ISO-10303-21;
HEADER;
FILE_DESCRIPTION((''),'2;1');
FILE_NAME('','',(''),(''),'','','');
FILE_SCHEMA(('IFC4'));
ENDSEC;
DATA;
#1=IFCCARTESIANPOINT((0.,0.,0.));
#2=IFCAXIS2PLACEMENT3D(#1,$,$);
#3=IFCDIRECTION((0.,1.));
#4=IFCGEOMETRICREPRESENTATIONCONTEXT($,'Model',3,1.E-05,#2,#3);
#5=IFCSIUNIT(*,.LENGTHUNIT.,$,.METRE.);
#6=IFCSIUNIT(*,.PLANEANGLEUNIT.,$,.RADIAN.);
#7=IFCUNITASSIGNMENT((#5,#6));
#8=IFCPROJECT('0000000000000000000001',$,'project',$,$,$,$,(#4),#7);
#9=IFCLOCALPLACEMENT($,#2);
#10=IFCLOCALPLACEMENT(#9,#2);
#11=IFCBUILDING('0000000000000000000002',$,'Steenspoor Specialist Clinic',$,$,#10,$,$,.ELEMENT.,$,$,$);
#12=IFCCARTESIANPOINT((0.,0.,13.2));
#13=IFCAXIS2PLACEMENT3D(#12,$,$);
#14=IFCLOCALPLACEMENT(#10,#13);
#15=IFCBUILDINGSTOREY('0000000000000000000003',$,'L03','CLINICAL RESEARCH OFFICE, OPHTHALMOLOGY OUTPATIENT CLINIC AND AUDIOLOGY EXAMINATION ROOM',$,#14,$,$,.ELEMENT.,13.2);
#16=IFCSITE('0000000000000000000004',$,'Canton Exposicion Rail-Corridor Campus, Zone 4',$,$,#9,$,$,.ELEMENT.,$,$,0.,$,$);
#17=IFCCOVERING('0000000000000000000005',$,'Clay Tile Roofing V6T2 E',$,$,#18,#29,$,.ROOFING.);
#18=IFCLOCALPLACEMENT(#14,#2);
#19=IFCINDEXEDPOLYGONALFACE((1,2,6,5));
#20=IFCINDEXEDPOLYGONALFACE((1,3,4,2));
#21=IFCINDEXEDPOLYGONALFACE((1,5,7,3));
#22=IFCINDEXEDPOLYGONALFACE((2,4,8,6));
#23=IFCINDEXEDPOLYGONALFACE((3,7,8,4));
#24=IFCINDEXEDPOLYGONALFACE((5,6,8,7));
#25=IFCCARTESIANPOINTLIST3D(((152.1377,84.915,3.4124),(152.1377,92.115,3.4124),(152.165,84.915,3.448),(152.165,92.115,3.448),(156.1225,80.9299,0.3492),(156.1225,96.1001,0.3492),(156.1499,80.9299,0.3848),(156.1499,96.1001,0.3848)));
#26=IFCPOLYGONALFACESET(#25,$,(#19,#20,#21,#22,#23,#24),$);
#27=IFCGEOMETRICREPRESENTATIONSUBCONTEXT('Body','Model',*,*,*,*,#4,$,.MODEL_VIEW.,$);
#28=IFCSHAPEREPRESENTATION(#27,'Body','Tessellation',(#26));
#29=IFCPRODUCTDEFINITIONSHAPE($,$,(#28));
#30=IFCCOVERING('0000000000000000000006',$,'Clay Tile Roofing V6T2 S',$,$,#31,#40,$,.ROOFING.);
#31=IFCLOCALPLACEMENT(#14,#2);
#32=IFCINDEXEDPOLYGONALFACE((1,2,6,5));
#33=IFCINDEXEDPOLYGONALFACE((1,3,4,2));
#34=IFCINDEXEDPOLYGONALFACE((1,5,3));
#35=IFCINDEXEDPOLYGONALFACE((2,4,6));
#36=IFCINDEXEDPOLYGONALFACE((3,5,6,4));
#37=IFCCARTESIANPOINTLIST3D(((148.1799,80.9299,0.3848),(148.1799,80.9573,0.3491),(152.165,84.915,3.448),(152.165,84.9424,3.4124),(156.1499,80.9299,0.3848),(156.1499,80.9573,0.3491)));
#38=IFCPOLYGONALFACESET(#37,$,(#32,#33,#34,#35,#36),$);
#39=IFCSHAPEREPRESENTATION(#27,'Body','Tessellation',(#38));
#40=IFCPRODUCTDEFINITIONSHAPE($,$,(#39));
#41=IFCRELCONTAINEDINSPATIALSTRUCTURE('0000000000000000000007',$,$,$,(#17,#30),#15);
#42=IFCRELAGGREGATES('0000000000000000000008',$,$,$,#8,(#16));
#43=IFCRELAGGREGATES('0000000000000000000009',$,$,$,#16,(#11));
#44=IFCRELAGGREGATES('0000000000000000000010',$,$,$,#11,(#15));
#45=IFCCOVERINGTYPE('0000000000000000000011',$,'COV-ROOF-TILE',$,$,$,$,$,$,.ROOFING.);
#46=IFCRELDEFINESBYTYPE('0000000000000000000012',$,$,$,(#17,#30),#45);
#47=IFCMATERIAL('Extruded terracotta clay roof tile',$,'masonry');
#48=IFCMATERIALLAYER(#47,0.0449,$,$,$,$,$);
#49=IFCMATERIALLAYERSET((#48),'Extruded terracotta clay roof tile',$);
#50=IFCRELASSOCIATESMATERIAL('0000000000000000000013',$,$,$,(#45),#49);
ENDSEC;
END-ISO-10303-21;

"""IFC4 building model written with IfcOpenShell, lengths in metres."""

from ifc_helpers import new_model, si_unit, direction, frame, origin, place, context, subcontext, project, spatial, polyline, outline, extrude, material, layer, layer_set, type_object, element, save


model = new_model("IFC4")

# Units and contexts
model_context = context("Model", 3, precision=1e-05, world=origin(), true_north=direction((0.0, 1.0)))
body_context = subcontext(model_context, "Body", "Model", "MODEL_VIEW")
ifc_project = project(units=[si_unit("LENGTHUNIT", "METRE"), si_unit("PLANEANGLEUNIT", "RADIAN")], contexts=[model_context])

# Site, building, storey
site_placement = place(None, origin())
site = spatial("IfcSite", under=ifc_project, at=site_placement, Name="Canton Exposicion Rail-Corridor Campus, Zone 4", CompositionType="ELEMENT", RefElevation=0.0)
building_placement = place(site_placement, origin())
building = spatial("IfcBuilding", under=site, at=building_placement, Name="Steenspoor Specialist Clinic", CompositionType="ELEMENT")
storey_placement = place(building_placement, frame((0.0, 0.0, 13.2)))
storey = spatial("IfcBuildingStorey", under=building, at=storey_placement, Name="L03", Description="CLINICAL RESEARCH OFFICE, OPHTHALMOLOGY OUTPATIENT CLINIC AND AUDIOLOGY EXAMINATION ROOM", CompositionType="ELEMENT", Elevation=13.2)

# Shared definitions
ifc_material_1 = material(Name="Extruded terracotta clay roof tile", Category="masonry")

# Coverings
ifc_layer_1 = layer(ifc_material_1, 0.0449)
ifc_layer_set_1 = layer_set([ifc_layer_1], Name="Extruded terracotta clay roof tile")
covering_type = type_object("IfcCoveringType", Name="COV-ROOF-TILE", PredefinedType="ROOFING", material=ifc_layer_set_1)
covering_1_placement = place(storey_placement, frame((156.1499, 80.9299, 0.3848), z_axis=(0.609455, 0.0, 0.792821), x_axis=(0.0, 1.0, 0.0)))
element("IfcCovering", 1, at=covering_1_placement, inside=storey, type_object=covering_type, Name="Clay Tile Roofing V6T2 E", PredefinedType="ROOFING", context=body_context, shape_type="SweptSolid", body=[
    extrude(outline(polyline([(0.0, 0.0), (15.1702, 0.0), (11.1851, 5.0262), (3.9851, 5.0262), (0.0, 0.0)])), origin(), (0.0, 0.0, -1.0), 0.0449),
])
covering_2_placement = place(storey_placement, frame((148.1799, 80.9299, 0.3848), z_axis=(0.0, -0.609431, 0.792839), x_axis=(1.0, 0.0, 0.0)))
element("IfcCovering", 2, at=covering_2_placement, inside=storey, type_object=covering_type, Name="Clay Tile Roofing V6T2 S", PredefinedType="ROOFING", context=body_context, shape_type="SweptSolid", body=[
    extrude(outline(polyline([(0.0, 0.0), (7.97, 0.0), (3.9851, 5.0264), (0.0, 0.0)])), origin(), (0.0, 0.0, -1.0), 0.0449),
])

save(model, "model.ifc")
